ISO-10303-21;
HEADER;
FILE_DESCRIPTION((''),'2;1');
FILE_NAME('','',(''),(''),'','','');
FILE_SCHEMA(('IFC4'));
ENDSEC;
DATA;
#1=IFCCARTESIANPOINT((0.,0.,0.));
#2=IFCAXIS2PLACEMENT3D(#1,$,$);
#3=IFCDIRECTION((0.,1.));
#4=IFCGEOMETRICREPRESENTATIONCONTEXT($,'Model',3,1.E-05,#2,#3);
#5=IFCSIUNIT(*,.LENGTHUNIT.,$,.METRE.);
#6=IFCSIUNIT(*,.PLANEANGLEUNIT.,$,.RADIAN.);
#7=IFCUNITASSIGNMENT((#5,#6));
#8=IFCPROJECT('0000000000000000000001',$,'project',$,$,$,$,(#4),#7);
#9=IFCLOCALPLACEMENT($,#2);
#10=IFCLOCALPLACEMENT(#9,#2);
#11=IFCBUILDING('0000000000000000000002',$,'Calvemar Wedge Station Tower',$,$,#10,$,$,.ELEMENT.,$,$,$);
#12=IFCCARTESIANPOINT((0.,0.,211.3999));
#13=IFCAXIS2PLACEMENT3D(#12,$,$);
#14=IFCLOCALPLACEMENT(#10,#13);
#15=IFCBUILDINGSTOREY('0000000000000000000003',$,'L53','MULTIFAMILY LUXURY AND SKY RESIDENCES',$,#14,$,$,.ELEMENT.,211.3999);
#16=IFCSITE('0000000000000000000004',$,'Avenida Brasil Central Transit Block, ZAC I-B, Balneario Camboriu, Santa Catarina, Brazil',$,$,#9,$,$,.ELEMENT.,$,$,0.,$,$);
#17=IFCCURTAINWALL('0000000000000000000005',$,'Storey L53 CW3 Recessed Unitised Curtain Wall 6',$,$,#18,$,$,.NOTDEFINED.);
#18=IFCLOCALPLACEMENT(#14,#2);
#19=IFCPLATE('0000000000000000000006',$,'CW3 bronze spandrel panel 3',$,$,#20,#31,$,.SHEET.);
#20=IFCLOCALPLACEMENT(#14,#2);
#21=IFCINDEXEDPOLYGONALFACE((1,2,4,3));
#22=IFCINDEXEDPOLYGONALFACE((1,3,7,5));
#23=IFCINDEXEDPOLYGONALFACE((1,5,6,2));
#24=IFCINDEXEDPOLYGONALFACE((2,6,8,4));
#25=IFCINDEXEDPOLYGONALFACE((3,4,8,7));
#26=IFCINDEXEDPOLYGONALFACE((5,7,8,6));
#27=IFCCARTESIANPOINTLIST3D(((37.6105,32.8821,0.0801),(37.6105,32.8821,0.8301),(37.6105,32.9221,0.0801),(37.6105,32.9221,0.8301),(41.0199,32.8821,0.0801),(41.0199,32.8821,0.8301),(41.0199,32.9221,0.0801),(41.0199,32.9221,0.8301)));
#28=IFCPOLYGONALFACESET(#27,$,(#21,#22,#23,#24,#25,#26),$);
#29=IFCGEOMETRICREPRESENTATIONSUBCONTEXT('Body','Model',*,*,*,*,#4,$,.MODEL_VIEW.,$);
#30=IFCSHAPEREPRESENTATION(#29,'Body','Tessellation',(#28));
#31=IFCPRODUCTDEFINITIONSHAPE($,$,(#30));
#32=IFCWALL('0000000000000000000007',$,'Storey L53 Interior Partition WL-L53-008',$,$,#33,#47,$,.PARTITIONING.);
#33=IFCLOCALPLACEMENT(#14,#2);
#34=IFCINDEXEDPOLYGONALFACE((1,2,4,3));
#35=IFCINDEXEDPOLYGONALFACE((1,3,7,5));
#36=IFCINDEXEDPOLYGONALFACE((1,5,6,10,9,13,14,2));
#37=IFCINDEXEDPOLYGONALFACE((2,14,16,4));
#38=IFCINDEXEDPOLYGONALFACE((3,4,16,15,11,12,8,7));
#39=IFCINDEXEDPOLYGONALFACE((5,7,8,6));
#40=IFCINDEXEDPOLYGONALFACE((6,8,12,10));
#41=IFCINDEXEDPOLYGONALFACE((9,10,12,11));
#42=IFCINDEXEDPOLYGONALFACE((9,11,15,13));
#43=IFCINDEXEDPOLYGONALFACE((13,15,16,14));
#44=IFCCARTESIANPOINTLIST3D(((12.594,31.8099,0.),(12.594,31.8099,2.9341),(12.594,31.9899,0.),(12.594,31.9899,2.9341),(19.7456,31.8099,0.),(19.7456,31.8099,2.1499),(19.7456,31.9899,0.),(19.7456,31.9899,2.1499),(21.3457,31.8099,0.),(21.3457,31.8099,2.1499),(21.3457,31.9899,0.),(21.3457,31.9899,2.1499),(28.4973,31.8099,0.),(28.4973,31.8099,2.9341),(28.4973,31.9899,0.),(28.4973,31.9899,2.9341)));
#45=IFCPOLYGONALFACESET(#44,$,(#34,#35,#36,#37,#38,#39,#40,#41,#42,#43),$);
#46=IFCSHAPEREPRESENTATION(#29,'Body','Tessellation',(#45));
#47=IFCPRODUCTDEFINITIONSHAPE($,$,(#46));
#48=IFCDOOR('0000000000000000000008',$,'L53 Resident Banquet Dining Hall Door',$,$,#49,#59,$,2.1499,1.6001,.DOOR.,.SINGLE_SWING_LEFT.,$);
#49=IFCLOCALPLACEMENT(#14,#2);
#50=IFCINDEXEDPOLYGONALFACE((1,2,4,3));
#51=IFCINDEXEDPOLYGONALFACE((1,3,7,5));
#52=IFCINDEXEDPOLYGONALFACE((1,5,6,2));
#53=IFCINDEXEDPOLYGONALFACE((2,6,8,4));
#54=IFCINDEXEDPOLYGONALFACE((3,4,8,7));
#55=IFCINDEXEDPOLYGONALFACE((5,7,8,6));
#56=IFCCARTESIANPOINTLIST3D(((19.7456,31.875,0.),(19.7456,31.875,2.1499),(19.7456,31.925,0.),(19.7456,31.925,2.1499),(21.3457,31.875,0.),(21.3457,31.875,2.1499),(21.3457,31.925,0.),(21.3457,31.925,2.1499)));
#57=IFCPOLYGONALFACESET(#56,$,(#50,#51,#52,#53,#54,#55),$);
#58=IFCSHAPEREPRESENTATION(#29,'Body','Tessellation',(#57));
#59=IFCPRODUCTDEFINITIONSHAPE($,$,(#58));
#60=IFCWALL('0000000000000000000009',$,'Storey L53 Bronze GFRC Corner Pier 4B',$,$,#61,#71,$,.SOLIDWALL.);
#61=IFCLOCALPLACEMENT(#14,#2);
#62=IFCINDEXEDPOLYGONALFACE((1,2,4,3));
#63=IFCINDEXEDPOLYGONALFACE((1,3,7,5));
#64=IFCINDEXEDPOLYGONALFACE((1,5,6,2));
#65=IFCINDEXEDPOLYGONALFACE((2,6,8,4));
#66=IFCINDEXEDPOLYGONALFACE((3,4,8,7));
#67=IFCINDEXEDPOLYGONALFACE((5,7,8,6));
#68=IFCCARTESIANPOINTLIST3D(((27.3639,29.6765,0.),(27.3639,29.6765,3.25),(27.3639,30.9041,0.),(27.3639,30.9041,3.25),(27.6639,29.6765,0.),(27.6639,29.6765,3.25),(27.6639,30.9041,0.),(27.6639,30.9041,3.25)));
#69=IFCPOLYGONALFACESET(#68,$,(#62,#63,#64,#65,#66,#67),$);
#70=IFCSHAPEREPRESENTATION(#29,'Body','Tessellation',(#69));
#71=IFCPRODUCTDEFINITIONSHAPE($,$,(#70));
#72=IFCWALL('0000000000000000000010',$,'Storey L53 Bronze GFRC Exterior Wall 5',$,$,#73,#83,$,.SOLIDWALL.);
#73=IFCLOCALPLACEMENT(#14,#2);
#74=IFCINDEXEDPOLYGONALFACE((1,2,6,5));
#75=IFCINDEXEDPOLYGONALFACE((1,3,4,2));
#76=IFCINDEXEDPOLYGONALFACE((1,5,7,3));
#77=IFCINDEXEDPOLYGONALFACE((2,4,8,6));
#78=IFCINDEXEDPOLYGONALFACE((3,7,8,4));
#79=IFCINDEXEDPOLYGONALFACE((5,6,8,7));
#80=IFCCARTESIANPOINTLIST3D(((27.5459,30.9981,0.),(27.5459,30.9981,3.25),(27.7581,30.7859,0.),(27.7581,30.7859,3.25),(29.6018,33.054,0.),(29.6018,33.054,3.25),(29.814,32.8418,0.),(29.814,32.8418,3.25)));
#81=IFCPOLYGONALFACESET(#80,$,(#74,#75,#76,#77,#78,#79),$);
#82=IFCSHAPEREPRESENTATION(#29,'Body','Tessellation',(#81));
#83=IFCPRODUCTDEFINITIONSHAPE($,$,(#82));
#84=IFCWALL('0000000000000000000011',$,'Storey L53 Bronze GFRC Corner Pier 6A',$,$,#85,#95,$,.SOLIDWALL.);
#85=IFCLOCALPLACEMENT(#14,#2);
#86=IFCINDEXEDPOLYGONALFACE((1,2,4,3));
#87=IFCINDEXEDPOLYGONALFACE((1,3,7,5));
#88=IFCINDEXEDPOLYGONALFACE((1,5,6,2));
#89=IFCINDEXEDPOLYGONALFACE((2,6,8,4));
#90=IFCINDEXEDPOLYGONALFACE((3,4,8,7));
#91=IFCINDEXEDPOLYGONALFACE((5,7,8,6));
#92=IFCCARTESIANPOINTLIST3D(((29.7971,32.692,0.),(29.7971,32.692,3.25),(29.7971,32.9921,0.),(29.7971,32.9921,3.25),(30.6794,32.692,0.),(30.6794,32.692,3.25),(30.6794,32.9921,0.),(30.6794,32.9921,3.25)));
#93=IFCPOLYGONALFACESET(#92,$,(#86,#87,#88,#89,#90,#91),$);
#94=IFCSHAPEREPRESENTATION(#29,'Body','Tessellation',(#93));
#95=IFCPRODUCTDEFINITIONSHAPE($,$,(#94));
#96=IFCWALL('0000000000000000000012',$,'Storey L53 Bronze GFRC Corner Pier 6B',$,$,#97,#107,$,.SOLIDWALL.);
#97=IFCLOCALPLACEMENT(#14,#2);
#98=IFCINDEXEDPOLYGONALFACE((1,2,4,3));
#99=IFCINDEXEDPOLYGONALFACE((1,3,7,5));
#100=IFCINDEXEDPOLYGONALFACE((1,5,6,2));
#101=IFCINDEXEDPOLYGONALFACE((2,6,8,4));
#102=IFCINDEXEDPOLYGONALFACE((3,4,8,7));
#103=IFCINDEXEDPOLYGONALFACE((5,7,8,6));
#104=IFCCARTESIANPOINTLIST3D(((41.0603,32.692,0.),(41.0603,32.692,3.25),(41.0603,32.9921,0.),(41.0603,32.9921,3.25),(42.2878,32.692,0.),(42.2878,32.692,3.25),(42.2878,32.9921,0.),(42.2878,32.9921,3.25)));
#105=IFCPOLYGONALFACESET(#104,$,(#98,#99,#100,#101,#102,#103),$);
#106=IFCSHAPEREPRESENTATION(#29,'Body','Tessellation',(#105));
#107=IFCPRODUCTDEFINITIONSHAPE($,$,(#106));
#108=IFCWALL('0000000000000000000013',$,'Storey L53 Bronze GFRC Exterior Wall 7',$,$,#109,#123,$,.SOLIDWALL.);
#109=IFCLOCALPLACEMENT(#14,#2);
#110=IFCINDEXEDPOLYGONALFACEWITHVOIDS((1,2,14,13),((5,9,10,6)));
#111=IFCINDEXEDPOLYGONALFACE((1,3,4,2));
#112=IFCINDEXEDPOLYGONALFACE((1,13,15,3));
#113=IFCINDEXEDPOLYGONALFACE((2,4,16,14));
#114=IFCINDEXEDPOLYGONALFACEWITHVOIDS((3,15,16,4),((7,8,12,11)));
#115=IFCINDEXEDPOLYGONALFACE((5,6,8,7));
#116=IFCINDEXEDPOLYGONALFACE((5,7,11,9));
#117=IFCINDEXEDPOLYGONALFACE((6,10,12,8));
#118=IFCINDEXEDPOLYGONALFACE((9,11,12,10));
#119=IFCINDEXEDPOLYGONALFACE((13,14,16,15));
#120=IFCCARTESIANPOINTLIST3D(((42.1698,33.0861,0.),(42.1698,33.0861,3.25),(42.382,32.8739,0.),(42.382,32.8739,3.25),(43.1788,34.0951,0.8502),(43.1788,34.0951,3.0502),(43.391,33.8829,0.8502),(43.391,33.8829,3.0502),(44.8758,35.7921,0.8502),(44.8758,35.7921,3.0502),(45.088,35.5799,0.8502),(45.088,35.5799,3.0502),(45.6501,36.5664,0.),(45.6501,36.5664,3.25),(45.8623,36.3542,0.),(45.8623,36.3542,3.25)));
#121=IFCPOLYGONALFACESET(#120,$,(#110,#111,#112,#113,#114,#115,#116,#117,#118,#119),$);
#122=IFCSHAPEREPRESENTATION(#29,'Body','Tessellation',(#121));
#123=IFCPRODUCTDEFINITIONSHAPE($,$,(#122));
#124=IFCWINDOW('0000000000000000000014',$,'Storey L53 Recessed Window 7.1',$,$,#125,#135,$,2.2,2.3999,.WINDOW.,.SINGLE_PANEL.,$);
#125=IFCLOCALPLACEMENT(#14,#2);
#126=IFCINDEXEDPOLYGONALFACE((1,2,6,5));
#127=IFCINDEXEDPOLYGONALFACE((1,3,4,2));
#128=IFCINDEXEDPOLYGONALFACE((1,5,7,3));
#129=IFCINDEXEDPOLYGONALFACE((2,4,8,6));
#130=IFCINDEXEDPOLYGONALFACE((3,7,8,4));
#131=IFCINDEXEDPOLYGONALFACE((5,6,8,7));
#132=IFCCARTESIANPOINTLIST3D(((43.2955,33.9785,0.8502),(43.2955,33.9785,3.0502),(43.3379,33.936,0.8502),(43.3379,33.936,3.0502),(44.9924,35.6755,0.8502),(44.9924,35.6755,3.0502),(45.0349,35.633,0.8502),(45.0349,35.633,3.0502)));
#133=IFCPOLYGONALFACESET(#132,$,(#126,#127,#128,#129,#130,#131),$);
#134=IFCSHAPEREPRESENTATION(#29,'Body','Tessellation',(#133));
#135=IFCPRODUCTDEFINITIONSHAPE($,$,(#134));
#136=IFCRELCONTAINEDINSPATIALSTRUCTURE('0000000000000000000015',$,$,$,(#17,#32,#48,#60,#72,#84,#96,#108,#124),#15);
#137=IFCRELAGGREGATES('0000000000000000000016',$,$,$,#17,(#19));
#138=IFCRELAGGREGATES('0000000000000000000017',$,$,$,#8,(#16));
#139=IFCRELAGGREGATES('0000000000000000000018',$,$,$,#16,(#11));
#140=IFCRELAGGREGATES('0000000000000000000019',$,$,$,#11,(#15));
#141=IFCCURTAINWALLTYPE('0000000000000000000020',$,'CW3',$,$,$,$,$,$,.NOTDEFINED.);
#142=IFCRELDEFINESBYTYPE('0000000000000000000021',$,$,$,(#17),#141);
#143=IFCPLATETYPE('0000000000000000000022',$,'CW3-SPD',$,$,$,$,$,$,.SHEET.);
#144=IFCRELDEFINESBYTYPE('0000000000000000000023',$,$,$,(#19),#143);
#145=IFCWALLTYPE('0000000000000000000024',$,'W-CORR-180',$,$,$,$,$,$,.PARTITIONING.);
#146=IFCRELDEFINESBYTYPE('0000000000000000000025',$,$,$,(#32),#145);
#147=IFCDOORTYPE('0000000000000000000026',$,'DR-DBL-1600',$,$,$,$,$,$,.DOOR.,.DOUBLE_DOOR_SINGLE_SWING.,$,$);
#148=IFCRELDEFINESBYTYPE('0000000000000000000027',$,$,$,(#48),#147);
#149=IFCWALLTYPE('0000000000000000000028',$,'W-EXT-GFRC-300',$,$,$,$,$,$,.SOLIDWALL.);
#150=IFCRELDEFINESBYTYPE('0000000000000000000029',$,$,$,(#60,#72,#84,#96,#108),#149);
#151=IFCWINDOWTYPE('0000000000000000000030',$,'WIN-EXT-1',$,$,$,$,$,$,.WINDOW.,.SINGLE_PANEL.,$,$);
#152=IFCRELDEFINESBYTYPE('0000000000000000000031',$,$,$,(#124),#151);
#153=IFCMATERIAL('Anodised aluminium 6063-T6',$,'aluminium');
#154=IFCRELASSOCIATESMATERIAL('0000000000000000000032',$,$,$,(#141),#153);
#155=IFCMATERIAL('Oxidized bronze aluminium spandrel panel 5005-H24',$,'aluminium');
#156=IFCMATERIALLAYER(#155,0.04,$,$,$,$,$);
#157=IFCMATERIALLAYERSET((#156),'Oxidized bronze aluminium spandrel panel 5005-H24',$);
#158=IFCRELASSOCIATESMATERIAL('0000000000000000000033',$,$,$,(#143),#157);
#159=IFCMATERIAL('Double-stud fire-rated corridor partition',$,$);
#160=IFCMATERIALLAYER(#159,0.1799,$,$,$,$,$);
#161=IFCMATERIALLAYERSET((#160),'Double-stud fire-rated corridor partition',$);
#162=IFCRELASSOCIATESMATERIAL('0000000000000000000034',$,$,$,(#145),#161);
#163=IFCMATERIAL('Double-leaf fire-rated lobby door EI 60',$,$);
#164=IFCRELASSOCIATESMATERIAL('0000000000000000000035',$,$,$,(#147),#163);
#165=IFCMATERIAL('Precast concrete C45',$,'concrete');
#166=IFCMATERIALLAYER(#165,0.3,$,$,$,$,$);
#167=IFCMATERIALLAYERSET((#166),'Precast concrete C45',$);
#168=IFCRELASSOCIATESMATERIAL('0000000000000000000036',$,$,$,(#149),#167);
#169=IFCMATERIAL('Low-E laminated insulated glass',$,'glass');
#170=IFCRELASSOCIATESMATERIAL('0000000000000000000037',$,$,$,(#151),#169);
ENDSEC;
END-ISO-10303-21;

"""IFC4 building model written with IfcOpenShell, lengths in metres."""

from ifc_helpers import new_model, si_unit, direction, frame, frame_2d, origin, place, context, subcontext, project, spatial, rectangle, extrude, source, transform, mapped, material, layer, layer_set, type_object, element, fill, aggregate, save


model = new_model("IFC4")

# Units and contexts
model_context = context("Model", 3, precision=1e-05, world=origin(), true_north=direction((0.0, 1.0)))
body_context = subcontext(model_context, "Body", "Model", "MODEL_VIEW")
ifc_project = project(units=[si_unit("LENGTHUNIT", "METRE"), si_unit("PLANEANGLEUNIT", "RADIAN")], contexts=[model_context])

# Site, building, storey
site_placement = place(None, origin())
site = spatial("IfcSite", under=ifc_project, at=site_placement, Name="Avenida Brasil Central Transit Block, ZAC I-B, Balneario Camboriu, Santa Catarina, Brazil", CompositionType="ELEMENT", RefElevation=0.0)
building_placement = place(site_placement, origin())
building = spatial("IfcBuilding", under=site, at=building_placement, Name="Calvemar Wedge Station Tower", CompositionType="ELEMENT")
storey_placement = place(building_placement, frame((0.0, 0.0, 211.3999)))
storey = spatial("IfcBuildingStorey", under=building, at=storey_placement, Name="L53", Description="MULTIFAMILY LUXURY AND SKY RESIDENCES", CompositionType="ELEMENT", Elevation=211.3999)

# Shared definitions
ifc_material_1 = material(Name="Anodised aluminium 6063-T6", Category="aluminium")
curtain_wall_type = type_object("IfcCurtainWallType", Name="CW3", PredefinedType="NOTDEFINED", material=ifc_material_1)

# Curtain wall, plate
curtain_wall_1_placement = place(storey_placement, origin())
curtain_wall_1 = element("IfcCurtainWall", 1, at=curtain_wall_1_placement, inside=storey, type_object=curtain_wall_type, Name="Storey L53 CW3 Recessed Unitised Curtain Wall 6", PredefinedType="NOTDEFINED")
ifc_material_2 = material(Name="Low-E laminated insulated glass", Category="glass")
ifc_material_3 = material(Name="Oxidized bronze aluminium spandrel panel 5005-H24", Category="aluminium")
ifc_layer_1 = layer(ifc_material_3, 0.04)
ifc_layer_set_1 = layer_set([ifc_layer_1], Name="Oxidized bronze aluminium spandrel panel 5005-H24")
plate_type_1 = type_object("IfcPlateType", Name="CW3-SPD", PredefinedType="SHEET", material=ifc_layer_set_1)
plate_1_placement = place(storey_placement, frame((37.6106, 32.9021, 0.0801), z_axis=(0.0, 0.0, 1.0), x_axis=(1.0, 0.0, 0.0)))
plate_1 = element("IfcPlate", 2, at=plate_1_placement, type_object=plate_type_1, Name="CW3 bronze spandrel panel 3", PredefinedType="SHEET", context=body_context, shape_type="SweptSolid", body=[
    extrude(rectangle(XDim=3.4094, YDim=0.04, at=frame_2d((1.7046, 0.0))), origin(), (0.0, 0.0, 1.0), 0.75),
])
aggregate(curtain_wall_1, [plate_1])

# Wall, opening, door
ifc_material_4 = material(Name="Double-stud fire-rated corridor partition")
ifc_layer_2 = layer(ifc_material_4, 0.1799)
ifc_layer_set_2 = layer_set([ifc_layer_2], Name="Double-stud fire-rated corridor partition")
wall_type_1 = type_object("IfcWallType", Name="W-CORR-180", PredefinedType="PARTITIONING", material=ifc_layer_set_2)
wall_1_placement = place(storey_placement, frame((28.4973, 31.8999, 0.0), z_axis=(0.0, 0.0, 1.0), x_axis=(-1.0, 0.0, 0.0)))
wall_1 = element("IfcWall", 3, at=wall_1_placement, inside=storey, type_object=wall_type_1, Name="Storey L53 Interior Partition WL-L53-008", PredefinedType="PARTITIONING", context=body_context, shape_type="SweptSolid", body=[
    extrude(rectangle(XDim=15.9033, YDim=0.1799, at=frame_2d((7.9517, 0.0))), origin(), (0.0, 0.0, 1.0), 2.9341),
])
shared_shape_1 = source(origin(), body_context, "Body", "SweptSolid", [
    extrude(rectangle(XDim=1.6001, YDim=2.1499, at=frame_2d((0.8, 1.075))), frame((0.0, 0.1001, 0.0), z_axis=(0.0, -1.0, 0.0), x_axis=(1.0, 0.0, 0.0)), (0.0, 0.0, 1.0), 0.2),
])
opening_1_placement = place(wall_1_placement, frame((7.1516, 0.0, 0.0)))
opening_1 = element("IfcOpeningElement", 4, at=opening_1_placement, cuts=wall_1, PredefinedType="OPENING", context=body_context, shape_type="MappedRepresentation", body=[
    mapped(shared_shape_1, transform((0.0, 0.0, 0.0), scale=1.0)),
])
ifc_material_5 = material(Name="Double-leaf fire-rated lobby door EI 60")
door_type = type_object("IfcDoorType", Name="DR-DBL-1600", OperationType="DOUBLE_DOOR_SINGLE_SWING", PredefinedType="DOOR", material=ifc_material_5)
shared_shape_2 = source(origin(), body_context, "Body", "SweptSolid", [
    extrude(rectangle(XDim=1.6001, YDim=2.1499, at=frame_2d((0.8, 1.075))), frame((0.0, 0.0249, 0.0), z_axis=(0.0, -1.0, 0.0), x_axis=(1.0, 0.0, 0.0)), (0.0, 0.0, 1.0), 0.05),
])
door_placement = place(opening_1_placement, origin())
door = element("IfcDoor", 5, at=door_placement, inside=storey, type_object=door_type, Name="L53 Resident Banquet Dining Hall Door", OperationType="SINGLE_SWING_LEFT", OverallHeight=2.1499, OverallWidth=1.6001, PredefinedType="DOOR", context=body_context, shape_type="MappedRepresentation", body=[
    mapped(shared_shape_2, transform((0.0, 0.0, 0.0), scale=1.0)),
])
fill(opening_1, door)

# Walls
ifc_material_6 = material(Name="Precast concrete C45", Category="concrete")
ifc_layer_3 = layer(ifc_material_6, 0.3)
ifc_layer_set_3 = layer_set([ifc_layer_3], Name="Precast concrete C45")
wall_type_2 = type_object("IfcWallType", Name="W-EXT-GFRC-300", PredefinedType="SOLIDWALL", material=ifc_layer_set_3)
wall_2_placement = place(storey_placement, frame((27.5139, 29.6765, 0.0), z_axis=(0.0, 0.0, 1.0), x_axis=(0.0, 1.0, 0.0)))
element("IfcWall", 6, at=wall_2_placement, inside=storey, type_object=wall_type_2, Name="Storey L53 Bronze GFRC Corner Pier 4B", PredefinedType="SOLIDWALL", context=body_context, shape_type="SweptSolid", body=[
    extrude(rectangle(XDim=1.2275, YDim=0.3, at=frame_2d((0.6138, 0.0))), origin(), (0.0, 0.0, 1.0), 3.25),
])
wall_3_placement = place(storey_placement, frame((27.6521, 30.8921, 0.0), z_axis=(0.0, 0.0, 1.0), x_axis=(0.707107, 0.707107, 0.0)))
element("IfcWall", 7, at=wall_3_placement, inside=storey, type_object=wall_type_2, Name="Storey L53 Bronze GFRC Exterior Wall 5", PredefinedType="SOLIDWALL", context=body_context, shape_type="SweptSolid", body=[
    extrude(rectangle(XDim=2.9075, YDim=0.3, at=frame_2d((1.4536, 0.0))), origin(), (0.0, 0.0, 1.0), 3.25),
])
wall_4_placement = place(storey_placement, frame((29.7971, 32.842, 0.0), z_axis=(0.0, 0.0, 1.0), x_axis=(1.0, 0.0, 0.0)))
element("IfcWall", 8, at=wall_4_placement, inside=storey, type_object=wall_type_2, Name="Storey L53 Bronze GFRC Corner Pier 6A", PredefinedType="SOLIDWALL", context=body_context, shape_type="SweptSolid", body=[
    extrude(rectangle(XDim=0.8823, YDim=0.3, at=frame_2d((0.4412, 0.0))), origin(), (0.0, 0.0, 1.0), 3.25),
])
wall_5_placement = place(storey_placement, frame((41.0603, 32.842, 0.0), z_axis=(0.0, 0.0, 1.0), x_axis=(1.0, 0.0, 0.0)))
element("IfcWall", 9, at=wall_5_placement, inside=storey, type_object=wall_type_2, Name="Storey L53 Bronze GFRC Corner Pier 6B", PredefinedType="SOLIDWALL", context=body_context, shape_type="SweptSolid", body=[
    extrude(rectangle(XDim=1.2275, YDim=0.3, at=frame_2d((0.6138, 0.0))), origin(), (0.0, 0.0, 1.0), 3.25),
])

# Wall, opening, window
wall_6_placement = place(storey_placement, frame((42.2759, 32.98, 0.0), z_axis=(0.0, 0.0, 1.0), x_axis=(0.707107, 0.707107, 0.0)))
wall_6 = element("IfcWall", 10, at=wall_6_placement, inside=storey, type_object=wall_type_2, Name="Storey L53 Bronze GFRC Exterior Wall 7", PredefinedType="SOLIDWALL", context=body_context, shape_type="SweptSolid", body=[
    extrude(rectangle(XDim=4.9219, YDim=0.3, at=frame_2d((2.4609, 0.0))), origin(), (0.0, 0.0, 1.0), 3.25),
])
shared_shape_3 = source(origin(), body_context, "Body", "SweptSolid", [
    extrude(rectangle(XDim=2.3999, YDim=2.2, at=frame_2d((1.2, 1.1001))), frame((0.0, 0.1602, 0.0), z_axis=(0.0, -1.0, 0.0), x_axis=(1.0, 0.0, 0.0)), (0.0, 0.0, 1.0), 0.3201),
])
opening_2_placement = place(wall_6_placement, frame((1.427, 0.0, 0.8501)))
opening_2 = element("IfcOpeningElement", 11, at=opening_2_placement, cuts=wall_6, PredefinedType="OPENING", context=body_context, shape_type="MappedRepresentation", body=[
    mapped(shared_shape_3, transform((0.0, 0.0, 0.0), scale=1.0)),
])
window_type = type_object("IfcWindowType", Name="WIN-EXT-1", PartitioningType="SINGLE_PANEL", PredefinedType="WINDOW", material=ifc_material_2)
shared_shape_4 = source(origin(), body_context, "Body", "SweptSolid", [
    extrude(rectangle(XDim=2.3999, YDim=2.2, at=frame_2d((1.2, 1.1001))), frame((0.0, -0.0149, 0.0), z_axis=(0.0, -1.0, 0.0), x_axis=(1.0, 0.0, 0.0)), (0.0, 0.0, 1.0), 0.0601),
])
window_placement = place(opening_2_placement, origin())
window = element("IfcWindow", 12, at=window_placement, inside=storey, type_object=window_type, Name="Storey L53 Recessed Window 7.1", OverallHeight=2.2, OverallWidth=2.3999, PartitioningType="SINGLE_PANEL", PredefinedType="WINDOW", context=body_context, shape_type="MappedRepresentation", body=[
    mapped(shared_shape_4, transform((0.0, 0.0, 0.0), scale=1.0)),
])
fill(opening_2, window)

save(model, "model.ifc")
